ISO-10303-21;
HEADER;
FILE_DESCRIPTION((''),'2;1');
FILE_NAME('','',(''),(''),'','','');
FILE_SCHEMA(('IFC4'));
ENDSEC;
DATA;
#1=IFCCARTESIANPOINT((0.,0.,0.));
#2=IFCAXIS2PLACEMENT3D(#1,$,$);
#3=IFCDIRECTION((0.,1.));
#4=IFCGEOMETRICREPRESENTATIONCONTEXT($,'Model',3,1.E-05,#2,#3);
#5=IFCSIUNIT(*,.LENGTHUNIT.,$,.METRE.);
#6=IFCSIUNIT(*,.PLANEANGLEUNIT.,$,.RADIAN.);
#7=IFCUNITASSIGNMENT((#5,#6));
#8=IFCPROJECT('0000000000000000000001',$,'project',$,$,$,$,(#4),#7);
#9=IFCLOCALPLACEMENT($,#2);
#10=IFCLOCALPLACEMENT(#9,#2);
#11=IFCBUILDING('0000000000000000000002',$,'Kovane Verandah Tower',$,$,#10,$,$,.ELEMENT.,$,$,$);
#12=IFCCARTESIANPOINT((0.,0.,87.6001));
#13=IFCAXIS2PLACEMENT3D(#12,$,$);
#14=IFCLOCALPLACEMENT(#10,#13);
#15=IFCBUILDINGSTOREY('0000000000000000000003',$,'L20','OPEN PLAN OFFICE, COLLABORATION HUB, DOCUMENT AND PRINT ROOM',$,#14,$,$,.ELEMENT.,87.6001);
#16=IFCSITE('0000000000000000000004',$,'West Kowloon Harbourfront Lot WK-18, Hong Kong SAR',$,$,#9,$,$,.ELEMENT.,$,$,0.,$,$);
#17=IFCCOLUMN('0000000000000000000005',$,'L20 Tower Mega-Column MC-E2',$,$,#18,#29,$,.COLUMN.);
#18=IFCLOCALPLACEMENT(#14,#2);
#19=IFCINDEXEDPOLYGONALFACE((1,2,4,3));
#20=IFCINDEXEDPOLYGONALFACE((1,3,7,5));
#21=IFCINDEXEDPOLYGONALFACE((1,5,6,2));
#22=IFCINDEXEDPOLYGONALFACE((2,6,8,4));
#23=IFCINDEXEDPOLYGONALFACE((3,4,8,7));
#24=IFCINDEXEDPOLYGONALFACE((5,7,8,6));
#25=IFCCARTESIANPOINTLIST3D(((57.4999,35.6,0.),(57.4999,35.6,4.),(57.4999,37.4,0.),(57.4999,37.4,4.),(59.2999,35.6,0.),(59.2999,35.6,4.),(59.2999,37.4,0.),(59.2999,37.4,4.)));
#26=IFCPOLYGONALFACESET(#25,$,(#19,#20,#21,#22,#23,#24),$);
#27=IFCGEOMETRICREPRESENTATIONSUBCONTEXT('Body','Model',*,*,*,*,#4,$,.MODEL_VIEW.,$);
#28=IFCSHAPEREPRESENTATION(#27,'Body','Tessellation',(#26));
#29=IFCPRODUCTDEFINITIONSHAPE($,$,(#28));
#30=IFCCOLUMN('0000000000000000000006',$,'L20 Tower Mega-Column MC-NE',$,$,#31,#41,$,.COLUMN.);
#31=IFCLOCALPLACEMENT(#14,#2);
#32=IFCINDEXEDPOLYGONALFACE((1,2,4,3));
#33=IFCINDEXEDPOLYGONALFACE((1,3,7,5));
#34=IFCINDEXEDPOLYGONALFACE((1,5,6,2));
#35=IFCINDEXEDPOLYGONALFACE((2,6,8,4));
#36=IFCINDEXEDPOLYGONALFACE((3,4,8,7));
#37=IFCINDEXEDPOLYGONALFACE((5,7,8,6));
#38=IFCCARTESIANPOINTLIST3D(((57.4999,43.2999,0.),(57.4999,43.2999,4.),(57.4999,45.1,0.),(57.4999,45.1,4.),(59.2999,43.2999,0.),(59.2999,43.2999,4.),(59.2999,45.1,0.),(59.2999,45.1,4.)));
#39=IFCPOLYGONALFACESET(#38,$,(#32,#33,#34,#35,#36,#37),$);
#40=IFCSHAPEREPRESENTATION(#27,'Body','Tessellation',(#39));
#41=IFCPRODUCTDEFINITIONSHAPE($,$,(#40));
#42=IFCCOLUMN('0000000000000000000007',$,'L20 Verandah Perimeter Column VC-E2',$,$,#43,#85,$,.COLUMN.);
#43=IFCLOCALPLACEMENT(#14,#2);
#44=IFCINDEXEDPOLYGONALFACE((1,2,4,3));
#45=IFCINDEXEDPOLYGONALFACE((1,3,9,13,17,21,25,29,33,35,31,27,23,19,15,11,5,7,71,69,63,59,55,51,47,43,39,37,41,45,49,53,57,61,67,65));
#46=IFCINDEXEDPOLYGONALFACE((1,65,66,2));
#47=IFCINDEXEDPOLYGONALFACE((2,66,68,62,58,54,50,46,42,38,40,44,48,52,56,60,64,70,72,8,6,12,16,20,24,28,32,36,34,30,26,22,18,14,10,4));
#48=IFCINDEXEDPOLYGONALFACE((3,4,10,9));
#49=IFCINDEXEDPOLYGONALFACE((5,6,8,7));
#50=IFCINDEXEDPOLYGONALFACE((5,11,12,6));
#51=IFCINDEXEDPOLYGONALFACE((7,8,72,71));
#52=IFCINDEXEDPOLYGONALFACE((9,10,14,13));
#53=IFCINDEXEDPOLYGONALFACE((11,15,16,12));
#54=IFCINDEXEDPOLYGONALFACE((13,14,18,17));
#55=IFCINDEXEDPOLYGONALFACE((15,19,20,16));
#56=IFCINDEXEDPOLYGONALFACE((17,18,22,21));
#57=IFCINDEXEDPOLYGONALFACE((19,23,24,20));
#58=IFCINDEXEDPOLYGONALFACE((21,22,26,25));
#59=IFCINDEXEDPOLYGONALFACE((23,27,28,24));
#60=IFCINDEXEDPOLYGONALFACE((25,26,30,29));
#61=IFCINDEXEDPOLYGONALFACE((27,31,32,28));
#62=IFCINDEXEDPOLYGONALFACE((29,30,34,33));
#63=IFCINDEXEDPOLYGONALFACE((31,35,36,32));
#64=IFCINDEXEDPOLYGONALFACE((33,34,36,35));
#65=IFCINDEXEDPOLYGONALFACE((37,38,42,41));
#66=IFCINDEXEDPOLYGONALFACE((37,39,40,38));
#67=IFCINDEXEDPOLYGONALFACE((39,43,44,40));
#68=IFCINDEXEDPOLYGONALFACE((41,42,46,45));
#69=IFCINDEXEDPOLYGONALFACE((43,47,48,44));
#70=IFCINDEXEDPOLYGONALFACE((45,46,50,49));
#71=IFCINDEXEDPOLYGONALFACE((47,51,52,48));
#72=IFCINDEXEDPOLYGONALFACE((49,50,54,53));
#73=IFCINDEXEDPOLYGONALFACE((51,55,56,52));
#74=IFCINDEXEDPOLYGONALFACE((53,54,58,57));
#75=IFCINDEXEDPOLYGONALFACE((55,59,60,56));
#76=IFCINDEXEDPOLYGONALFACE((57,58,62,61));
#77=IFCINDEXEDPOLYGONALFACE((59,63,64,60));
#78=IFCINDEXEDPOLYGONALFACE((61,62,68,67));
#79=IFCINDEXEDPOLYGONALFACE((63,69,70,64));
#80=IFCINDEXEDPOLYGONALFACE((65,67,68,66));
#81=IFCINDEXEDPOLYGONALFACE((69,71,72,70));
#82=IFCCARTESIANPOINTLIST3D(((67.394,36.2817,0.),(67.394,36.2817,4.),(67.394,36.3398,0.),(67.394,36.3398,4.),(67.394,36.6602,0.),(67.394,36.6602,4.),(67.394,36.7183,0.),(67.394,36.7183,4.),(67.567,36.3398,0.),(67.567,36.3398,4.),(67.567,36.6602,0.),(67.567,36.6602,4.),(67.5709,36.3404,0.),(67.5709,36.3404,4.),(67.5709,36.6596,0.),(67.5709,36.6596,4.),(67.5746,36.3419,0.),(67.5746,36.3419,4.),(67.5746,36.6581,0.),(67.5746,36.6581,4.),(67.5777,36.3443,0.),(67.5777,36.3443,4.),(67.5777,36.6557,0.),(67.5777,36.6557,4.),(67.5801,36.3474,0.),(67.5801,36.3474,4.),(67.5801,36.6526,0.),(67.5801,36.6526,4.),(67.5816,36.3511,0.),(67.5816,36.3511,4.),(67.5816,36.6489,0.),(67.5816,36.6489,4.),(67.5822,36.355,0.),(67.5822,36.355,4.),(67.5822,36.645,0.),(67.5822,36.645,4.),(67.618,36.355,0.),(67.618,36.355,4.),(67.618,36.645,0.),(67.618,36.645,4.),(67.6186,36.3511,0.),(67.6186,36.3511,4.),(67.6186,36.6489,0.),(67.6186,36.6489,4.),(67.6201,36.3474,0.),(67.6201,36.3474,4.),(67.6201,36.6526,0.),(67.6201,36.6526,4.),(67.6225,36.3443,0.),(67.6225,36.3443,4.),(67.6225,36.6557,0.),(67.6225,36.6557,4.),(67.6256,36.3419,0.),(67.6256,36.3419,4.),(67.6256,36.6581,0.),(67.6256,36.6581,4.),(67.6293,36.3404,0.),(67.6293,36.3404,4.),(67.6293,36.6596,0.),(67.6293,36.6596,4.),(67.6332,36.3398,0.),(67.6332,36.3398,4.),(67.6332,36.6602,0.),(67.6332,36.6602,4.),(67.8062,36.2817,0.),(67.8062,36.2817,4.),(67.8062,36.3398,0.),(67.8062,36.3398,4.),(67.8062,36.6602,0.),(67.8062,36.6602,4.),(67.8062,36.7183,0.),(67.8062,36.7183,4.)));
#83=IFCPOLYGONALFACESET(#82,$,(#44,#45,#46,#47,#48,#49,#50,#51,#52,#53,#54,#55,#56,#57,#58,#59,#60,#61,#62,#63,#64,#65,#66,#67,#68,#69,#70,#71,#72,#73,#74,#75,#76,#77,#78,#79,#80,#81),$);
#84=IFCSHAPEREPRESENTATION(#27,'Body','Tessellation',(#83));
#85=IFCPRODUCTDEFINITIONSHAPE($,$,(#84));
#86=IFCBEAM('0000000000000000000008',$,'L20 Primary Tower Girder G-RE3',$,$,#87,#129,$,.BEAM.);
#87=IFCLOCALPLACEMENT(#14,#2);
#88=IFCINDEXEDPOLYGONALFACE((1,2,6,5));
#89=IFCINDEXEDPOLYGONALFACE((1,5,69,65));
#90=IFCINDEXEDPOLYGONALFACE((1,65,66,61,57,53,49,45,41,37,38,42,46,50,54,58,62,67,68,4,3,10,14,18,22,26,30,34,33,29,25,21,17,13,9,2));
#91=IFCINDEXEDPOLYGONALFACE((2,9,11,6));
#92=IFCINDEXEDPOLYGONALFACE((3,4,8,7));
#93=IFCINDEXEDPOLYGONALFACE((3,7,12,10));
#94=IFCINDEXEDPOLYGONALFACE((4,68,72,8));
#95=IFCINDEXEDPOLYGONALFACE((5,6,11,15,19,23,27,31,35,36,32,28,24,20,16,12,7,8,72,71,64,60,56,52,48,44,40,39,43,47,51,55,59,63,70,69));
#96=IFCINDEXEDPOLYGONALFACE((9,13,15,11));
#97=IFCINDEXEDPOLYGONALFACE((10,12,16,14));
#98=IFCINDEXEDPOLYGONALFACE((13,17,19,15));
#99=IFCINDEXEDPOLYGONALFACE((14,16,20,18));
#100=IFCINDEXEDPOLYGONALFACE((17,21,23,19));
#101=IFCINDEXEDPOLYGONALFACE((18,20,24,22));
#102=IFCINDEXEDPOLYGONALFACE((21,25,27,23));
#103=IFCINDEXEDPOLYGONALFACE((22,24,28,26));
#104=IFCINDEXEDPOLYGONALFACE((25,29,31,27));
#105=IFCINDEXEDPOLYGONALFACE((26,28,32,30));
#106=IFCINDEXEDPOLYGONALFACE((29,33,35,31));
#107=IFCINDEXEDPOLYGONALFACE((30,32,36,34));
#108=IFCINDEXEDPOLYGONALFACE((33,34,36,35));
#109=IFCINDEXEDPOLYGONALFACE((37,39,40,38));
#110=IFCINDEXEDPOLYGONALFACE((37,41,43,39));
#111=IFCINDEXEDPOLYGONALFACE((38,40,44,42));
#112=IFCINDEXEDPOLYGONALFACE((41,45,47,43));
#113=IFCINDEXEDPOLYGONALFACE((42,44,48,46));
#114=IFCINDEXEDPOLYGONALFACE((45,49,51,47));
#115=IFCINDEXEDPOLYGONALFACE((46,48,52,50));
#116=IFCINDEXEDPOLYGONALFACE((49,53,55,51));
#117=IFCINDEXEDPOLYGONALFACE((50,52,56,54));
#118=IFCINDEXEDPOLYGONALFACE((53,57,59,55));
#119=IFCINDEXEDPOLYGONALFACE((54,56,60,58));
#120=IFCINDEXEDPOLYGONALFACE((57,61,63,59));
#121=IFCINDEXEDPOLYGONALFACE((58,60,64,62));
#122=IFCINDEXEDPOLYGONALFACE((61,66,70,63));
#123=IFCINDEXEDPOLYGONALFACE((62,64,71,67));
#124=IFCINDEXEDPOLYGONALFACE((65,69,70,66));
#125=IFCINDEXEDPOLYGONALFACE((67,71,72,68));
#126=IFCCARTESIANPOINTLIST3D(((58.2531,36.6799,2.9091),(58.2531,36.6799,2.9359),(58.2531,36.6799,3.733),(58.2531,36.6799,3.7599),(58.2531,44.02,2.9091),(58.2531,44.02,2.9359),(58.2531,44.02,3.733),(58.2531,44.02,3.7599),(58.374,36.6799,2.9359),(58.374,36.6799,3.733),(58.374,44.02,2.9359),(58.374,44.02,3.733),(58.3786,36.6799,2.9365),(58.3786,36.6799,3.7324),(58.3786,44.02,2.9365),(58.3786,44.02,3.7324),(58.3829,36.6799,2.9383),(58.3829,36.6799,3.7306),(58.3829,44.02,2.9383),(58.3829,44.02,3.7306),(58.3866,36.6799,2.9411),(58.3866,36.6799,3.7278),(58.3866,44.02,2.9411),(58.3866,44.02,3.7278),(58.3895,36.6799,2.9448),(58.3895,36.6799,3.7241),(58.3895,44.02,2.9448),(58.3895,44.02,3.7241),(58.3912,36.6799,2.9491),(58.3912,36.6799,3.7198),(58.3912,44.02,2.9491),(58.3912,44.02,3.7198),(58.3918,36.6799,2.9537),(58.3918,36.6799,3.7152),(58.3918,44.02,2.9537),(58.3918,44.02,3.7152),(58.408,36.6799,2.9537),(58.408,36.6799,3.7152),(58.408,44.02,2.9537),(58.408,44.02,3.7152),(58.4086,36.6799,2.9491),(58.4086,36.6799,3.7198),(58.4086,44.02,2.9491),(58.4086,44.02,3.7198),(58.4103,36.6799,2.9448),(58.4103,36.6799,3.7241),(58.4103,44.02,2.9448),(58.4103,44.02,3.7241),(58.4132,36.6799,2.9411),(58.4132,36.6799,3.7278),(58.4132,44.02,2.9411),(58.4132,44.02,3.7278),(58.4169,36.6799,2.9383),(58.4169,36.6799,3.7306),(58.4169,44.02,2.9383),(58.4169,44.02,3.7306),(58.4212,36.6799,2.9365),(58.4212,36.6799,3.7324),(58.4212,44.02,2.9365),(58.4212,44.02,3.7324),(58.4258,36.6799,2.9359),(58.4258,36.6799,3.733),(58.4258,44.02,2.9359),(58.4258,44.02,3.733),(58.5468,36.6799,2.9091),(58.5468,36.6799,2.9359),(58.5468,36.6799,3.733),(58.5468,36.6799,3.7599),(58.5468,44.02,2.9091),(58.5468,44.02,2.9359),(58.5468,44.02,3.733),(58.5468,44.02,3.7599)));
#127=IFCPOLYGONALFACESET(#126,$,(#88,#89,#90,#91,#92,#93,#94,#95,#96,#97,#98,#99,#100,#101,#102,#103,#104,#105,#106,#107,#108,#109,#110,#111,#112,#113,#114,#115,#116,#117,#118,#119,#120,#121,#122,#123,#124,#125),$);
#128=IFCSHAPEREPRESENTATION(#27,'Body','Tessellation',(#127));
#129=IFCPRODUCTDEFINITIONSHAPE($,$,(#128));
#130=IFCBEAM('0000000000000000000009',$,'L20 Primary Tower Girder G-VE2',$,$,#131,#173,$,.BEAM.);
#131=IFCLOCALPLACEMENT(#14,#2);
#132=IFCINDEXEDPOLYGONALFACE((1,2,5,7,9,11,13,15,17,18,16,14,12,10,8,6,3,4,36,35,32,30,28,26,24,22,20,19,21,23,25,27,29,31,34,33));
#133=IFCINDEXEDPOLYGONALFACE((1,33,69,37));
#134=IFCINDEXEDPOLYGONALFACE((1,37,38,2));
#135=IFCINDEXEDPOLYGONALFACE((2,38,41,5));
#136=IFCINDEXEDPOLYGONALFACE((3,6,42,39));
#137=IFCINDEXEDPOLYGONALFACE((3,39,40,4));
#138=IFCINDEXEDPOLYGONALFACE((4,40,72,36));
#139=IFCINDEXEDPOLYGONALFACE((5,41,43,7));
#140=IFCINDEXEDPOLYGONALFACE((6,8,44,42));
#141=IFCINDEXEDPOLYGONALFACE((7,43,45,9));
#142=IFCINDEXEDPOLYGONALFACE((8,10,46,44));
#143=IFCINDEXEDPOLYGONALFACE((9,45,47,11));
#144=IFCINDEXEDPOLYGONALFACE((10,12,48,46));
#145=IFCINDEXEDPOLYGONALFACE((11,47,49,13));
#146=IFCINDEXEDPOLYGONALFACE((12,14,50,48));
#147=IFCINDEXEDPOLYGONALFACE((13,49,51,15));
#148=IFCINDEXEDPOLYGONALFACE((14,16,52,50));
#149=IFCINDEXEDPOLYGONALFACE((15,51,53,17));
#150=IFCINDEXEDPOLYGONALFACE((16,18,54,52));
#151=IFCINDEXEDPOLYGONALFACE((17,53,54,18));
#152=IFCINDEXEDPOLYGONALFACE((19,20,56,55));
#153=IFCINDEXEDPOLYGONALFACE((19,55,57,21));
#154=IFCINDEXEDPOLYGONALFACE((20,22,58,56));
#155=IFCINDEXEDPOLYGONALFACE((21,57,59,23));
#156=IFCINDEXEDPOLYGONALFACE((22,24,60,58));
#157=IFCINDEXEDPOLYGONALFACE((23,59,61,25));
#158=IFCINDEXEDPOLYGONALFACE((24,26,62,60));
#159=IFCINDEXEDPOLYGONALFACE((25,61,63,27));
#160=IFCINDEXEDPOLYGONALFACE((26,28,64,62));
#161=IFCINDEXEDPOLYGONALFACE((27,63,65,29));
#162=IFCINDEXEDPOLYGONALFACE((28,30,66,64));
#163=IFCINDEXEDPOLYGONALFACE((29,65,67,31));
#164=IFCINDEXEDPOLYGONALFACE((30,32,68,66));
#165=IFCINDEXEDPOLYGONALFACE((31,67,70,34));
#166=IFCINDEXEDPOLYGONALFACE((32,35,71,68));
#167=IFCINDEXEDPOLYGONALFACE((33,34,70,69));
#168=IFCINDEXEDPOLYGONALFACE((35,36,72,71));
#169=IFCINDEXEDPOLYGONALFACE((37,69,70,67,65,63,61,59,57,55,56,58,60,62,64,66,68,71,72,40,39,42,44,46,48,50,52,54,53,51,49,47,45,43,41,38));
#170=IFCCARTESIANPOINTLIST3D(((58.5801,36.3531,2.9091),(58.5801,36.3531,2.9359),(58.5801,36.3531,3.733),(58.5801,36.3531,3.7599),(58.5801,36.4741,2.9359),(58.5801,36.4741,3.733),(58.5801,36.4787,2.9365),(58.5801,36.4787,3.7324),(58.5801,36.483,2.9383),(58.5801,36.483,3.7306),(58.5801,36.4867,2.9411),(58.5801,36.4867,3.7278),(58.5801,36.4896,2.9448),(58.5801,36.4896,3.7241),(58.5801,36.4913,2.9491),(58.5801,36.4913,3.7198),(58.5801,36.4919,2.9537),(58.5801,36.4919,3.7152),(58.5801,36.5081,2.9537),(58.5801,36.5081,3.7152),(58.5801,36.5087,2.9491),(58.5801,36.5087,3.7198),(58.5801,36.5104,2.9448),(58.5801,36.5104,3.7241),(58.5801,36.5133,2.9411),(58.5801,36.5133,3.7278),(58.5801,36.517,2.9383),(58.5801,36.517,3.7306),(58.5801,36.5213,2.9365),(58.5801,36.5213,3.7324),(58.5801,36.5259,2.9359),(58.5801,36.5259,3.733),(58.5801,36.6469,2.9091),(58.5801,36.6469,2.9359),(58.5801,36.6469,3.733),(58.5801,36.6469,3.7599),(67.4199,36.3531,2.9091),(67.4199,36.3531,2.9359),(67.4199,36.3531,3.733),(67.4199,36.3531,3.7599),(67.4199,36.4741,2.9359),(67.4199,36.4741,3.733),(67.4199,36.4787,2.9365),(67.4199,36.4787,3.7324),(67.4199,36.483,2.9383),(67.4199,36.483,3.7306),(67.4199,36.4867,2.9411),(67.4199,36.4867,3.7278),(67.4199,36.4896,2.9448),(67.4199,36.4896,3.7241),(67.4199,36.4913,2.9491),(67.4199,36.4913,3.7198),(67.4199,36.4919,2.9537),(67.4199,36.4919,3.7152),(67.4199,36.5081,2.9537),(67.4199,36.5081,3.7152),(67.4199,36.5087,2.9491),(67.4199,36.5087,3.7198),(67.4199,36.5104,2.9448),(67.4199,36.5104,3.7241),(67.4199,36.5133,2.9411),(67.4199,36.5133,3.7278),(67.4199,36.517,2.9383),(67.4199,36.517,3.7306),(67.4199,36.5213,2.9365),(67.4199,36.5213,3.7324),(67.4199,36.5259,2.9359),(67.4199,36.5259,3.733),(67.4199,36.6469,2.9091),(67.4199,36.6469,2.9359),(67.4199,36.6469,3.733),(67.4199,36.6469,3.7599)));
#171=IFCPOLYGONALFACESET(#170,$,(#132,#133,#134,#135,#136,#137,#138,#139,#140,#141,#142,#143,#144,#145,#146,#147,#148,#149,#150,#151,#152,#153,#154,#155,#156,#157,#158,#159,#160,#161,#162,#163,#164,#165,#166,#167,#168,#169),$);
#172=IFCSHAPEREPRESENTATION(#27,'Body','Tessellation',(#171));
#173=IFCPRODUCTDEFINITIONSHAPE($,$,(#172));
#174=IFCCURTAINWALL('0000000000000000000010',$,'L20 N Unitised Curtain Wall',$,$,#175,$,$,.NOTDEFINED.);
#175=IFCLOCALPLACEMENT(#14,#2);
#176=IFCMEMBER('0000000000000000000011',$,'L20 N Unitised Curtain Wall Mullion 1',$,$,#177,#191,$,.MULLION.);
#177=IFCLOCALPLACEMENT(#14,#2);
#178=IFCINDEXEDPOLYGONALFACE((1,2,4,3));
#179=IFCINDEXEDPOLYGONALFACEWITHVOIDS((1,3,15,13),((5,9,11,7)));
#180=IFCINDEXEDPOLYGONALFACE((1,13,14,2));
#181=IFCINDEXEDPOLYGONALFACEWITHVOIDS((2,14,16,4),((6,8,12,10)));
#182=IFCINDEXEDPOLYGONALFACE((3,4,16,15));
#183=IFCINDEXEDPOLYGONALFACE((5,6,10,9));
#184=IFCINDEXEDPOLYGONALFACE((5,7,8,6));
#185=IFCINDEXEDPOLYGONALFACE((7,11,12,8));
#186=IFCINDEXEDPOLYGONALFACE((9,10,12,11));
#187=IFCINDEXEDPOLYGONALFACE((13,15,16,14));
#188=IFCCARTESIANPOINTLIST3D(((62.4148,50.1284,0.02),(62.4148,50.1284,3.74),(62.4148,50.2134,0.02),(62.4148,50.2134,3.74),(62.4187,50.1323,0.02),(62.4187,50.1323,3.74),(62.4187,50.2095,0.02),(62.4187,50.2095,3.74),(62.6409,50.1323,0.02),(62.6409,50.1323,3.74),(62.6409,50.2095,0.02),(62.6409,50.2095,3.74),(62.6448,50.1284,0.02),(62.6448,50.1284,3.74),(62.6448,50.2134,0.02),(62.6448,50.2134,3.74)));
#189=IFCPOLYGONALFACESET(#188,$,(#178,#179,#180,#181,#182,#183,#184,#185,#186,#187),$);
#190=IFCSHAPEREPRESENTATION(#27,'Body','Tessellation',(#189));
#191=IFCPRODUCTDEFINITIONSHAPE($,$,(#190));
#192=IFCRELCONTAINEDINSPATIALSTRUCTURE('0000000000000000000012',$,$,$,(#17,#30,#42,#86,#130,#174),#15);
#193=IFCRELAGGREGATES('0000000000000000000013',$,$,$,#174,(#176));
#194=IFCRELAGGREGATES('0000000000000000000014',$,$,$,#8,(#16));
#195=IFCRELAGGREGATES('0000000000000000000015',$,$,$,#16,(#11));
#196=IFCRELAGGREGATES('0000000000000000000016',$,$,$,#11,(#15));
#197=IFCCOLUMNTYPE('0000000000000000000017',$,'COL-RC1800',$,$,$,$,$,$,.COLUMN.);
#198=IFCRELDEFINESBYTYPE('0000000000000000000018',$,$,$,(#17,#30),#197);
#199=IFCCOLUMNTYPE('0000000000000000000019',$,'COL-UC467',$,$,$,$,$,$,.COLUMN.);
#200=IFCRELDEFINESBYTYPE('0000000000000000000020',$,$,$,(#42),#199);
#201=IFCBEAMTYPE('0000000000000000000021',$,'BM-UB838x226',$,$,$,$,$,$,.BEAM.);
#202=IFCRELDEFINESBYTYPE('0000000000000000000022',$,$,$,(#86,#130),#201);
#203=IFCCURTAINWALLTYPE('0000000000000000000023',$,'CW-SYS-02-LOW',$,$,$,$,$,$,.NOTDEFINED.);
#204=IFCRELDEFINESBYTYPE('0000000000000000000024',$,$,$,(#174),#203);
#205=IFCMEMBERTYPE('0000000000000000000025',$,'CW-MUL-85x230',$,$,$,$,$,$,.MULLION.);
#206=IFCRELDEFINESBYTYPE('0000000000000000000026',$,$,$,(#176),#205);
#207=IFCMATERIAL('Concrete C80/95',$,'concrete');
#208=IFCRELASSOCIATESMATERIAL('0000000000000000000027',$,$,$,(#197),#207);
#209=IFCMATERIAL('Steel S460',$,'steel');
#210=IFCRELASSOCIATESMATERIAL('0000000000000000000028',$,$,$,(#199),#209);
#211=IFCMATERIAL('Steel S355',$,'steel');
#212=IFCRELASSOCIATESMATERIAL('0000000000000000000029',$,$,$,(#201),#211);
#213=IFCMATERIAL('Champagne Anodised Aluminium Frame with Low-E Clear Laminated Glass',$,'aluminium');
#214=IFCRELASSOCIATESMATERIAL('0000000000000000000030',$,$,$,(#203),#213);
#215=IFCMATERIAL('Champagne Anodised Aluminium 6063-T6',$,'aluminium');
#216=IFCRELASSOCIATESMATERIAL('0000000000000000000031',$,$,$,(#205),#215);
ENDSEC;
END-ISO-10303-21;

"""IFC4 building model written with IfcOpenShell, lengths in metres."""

from ifc_helpers import new_model, si_unit, direction, frame, origin, origin_2d, place, context, subcontext, project, spatial, rectangle, hollow_rectangle, i_section, extrude, material, material_profile, profile_set, type_object, element, aggregate, save


model = new_model("IFC4")

# Units and contexts
model_context = context("Model", 3, precision=1e-05, world=origin(), true_north=direction((0.0, 1.0)))
body_context = subcontext(model_context, "Body", "Model", "MODEL_VIEW")
ifc_project = project(units=[si_unit("LENGTHUNIT", "METRE"), si_unit("PLANEANGLEUNIT", "RADIAN")], contexts=[model_context])

# Site, building, storey
site_placement = place(None, origin())
site = spatial("IfcSite", under=ifc_project, at=site_placement, Name="West Kowloon Harbourfront Lot WK-18, Hong Kong SAR", CompositionType="ELEMENT", RefElevation=0.0)
building_placement = place(site_placement, origin())
building = spatial("IfcBuilding", under=site, at=building_placement, Name="Kovane Verandah Tower", CompositionType="ELEMENT")
storey_placement = place(building_placement, frame((0.0, 0.0, 87.6001)))
storey = spatial("IfcBuildingStorey", under=building, at=storey_placement, Name="L20", Description="OPEN PLAN OFFICE, COLLABORATION HUB, DOCUMENT AND PRINT ROOM", CompositionType="ELEMENT", Elevation=87.6001)

# Columns
ifc_material_1 = material(Name="Concrete C80/95", Category="concrete")
ifc_material_profile_1 = material_profile(ifc_material_1, rectangle(XDim=1.8, YDim=1.8, at=origin_2d()), Name="RC1800x1800")
ifc_profile_set_1 = profile_set([ifc_material_profile_1], Name="Concrete C80/95")
column_type_1 = type_object("IfcColumnType", Name="COL-RC1800", PredefinedType="COLUMN", material=ifc_profile_set_1)
for number, where, z_axis, x_axis, name in (
    (1, (58.3999, 36.5, 0.0), (0.0, 0.0, 1.0), (1.0, 0.0, 0.0), "L20 Tower Mega-Column MC-E2"),
    (2, (58.3999, 44.2, 0.0), (0.0, 0.0, 1.0), (1.0, 0.0, 0.0), "L20 Tower Mega-Column MC-NE"),
):
    element("IfcColumn", number, at=place(storey_placement, frame(where, z_axis=z_axis, x_axis=x_axis)), inside=storey, type_object=column_type_1, Name=name, PredefinedType="COLUMN", context=body_context, shape_type="SweptSolid", body=[
        extrude(rectangle(XDim=1.8, YDim=1.8, at=origin_2d()), origin(), (0.0, 0.0, 1.0), 4.0),
    ])
ifc_material_2 = material(Name="Steel S460", Category="steel")
ifc_material_profile_2 = material_profile(ifc_material_2, i_section(OverallWidth=0.4121, OverallDepth=0.4365, WebThickness=0.0359, FlangeThickness=0.0581, FilletRadius=0.0151, at=origin_2d()), Name="UC356x406x467")
ifc_profile_set_2 = profile_set([ifc_material_profile_2], Name="Steel S460")
column_type_2 = type_object("IfcColumnType", Name="COL-UC467", PredefinedType="COLUMN", material=ifc_profile_set_2)
column_placement = place(storey_placement, frame((67.6001, 36.5, 0.0), z_axis=(0.0, 0.0, 1.0), x_axis=(1.0, 0.0, 0.0)))
element("IfcColumn", 3, at=column_placement, inside=storey, type_object=column_type_2, Name="L20 Verandah Perimeter Column VC-E2", PredefinedType="COLUMN", context=body_context, shape_type="SweptSolid", body=[
    extrude(i_section(OverallWidth=0.4121, OverallDepth=0.4365, WebThickness=0.0359, FlangeThickness=0.0581, FilletRadius=0.0151, at=origin_2d()), origin(), (0.0, 0.0, 1.0), 4.0),
])

# Beams
ifc_material_3 = material(Name="Steel S355", Category="steel")
ifc_material_profile_3 = material_profile(ifc_material_3, i_section(OverallWidth=0.2937, OverallDepth=0.8508, WebThickness=0.0161, FlangeThickness=0.0269, FilletRadius=0.0178, at=origin_2d()), Name="UB838x292x226")
ifc_profile_set_3 = profile_set([ifc_material_profile_3], Name="Steel S355")
beam_type_1 = type_object("IfcBeamType", Name="BM-UB838x226", PredefinedType="BEAM", material=ifc_profile_set_3)
beam_1_placement = place(storey_placement, frame((58.3999, 36.6799, 3.3345), z_axis=(0.0, 1.0, 0.0), x_axis=(-1.0, 0.0, 0.0)))
element("IfcBeam", 4, at=beam_1_placement, inside=storey, type_object=beam_type_1, Name="L20 Primary Tower Girder G-RE3", PredefinedType="BEAM", context=body_context, shape_type="SweptSolid", body=[
    extrude(i_section(OverallWidth=0.2937, OverallDepth=0.8508, WebThickness=0.0161, FlangeThickness=0.0269, FilletRadius=0.0178, at=origin_2d()), origin(), (0.0, 0.0, 1.0), 7.3401),
])
beam_2_placement = place(storey_placement, frame((58.5801, 36.5, 3.3345), z_axis=(1.0, 0.0, 0.0), x_axis=(0.0, 1.0, 0.0)))
element("IfcBeam", 5, at=beam_2_placement, inside=storey, type_object=beam_type_1, Name="L20 Primary Tower Girder G-VE2", PredefinedType="BEAM", context=body_context, shape_type="SweptSolid", body=[
    extrude(i_section(OverallWidth=0.2937, OverallDepth=0.8508, WebThickness=0.0161, FlangeThickness=0.0269, FilletRadius=0.0178, at=origin_2d()), origin(), (0.0, 0.0, 1.0), 8.8398),
])

# Curtain wall, member
ifc_material_4 = material(Name="Champagne Anodised Aluminium Frame with Low-E Clear Laminated Glass", Category="aluminium")
curtain_wall_type = type_object("IfcCurtainWallType", Name="CW-SYS-02-LOW", PredefinedType="NOTDEFINED", material=ifc_material_4)
curtain_wall_placement = place(storey_placement, origin())
curtain_wall = element("IfcCurtainWall", 6, at=curtain_wall_placement, inside=storey, type_object=curtain_wall_type, Name="L20 N Unitised Curtain Wall", PredefinedType="NOTDEFINED")
ifc_material_5 = material(Name="Champagne Anodised Aluminium 6063-T6", Category="aluminium")
ifc_material_profile_4 = material_profile(ifc_material_5, hollow_rectangle(XDim=0.085, YDim=0.23, WallThickness=0.0039, at=origin_2d()), Name="AL85x230x4")
ifc_profile_set_4 = profile_set([ifc_material_profile_4], Name="Champagne Anodised Aluminium 6063-T6")
member_type_1 = type_object("IfcMemberType", Name="CW-MUL-85x230", PredefinedType="MULLION", material=ifc_profile_set_4)
member_1_placement = place(storey_placement, frame((62.5298, 50.1709, 0.02), z_axis=(0.0, 0.0, 1.0), x_axis=(0.0, 1.0, 0.0)))
member_1 = element("IfcMember", 7, at=member_1_placement, type_object=member_type_1, Name="L20 N Unitised Curtain Wall Mullion 1", PredefinedType="MULLION", context=body_context, shape_type="SweptSolid", body=[
    extrude(hollow_rectangle(XDim=0.085, YDim=0.23, WallThickness=0.0039, at=origin_2d()), origin(), (0.0, 0.0, 1.0), 3.72),
])

aggregate(curtain_wall, [member_1])

save(model, "model.ifc")
